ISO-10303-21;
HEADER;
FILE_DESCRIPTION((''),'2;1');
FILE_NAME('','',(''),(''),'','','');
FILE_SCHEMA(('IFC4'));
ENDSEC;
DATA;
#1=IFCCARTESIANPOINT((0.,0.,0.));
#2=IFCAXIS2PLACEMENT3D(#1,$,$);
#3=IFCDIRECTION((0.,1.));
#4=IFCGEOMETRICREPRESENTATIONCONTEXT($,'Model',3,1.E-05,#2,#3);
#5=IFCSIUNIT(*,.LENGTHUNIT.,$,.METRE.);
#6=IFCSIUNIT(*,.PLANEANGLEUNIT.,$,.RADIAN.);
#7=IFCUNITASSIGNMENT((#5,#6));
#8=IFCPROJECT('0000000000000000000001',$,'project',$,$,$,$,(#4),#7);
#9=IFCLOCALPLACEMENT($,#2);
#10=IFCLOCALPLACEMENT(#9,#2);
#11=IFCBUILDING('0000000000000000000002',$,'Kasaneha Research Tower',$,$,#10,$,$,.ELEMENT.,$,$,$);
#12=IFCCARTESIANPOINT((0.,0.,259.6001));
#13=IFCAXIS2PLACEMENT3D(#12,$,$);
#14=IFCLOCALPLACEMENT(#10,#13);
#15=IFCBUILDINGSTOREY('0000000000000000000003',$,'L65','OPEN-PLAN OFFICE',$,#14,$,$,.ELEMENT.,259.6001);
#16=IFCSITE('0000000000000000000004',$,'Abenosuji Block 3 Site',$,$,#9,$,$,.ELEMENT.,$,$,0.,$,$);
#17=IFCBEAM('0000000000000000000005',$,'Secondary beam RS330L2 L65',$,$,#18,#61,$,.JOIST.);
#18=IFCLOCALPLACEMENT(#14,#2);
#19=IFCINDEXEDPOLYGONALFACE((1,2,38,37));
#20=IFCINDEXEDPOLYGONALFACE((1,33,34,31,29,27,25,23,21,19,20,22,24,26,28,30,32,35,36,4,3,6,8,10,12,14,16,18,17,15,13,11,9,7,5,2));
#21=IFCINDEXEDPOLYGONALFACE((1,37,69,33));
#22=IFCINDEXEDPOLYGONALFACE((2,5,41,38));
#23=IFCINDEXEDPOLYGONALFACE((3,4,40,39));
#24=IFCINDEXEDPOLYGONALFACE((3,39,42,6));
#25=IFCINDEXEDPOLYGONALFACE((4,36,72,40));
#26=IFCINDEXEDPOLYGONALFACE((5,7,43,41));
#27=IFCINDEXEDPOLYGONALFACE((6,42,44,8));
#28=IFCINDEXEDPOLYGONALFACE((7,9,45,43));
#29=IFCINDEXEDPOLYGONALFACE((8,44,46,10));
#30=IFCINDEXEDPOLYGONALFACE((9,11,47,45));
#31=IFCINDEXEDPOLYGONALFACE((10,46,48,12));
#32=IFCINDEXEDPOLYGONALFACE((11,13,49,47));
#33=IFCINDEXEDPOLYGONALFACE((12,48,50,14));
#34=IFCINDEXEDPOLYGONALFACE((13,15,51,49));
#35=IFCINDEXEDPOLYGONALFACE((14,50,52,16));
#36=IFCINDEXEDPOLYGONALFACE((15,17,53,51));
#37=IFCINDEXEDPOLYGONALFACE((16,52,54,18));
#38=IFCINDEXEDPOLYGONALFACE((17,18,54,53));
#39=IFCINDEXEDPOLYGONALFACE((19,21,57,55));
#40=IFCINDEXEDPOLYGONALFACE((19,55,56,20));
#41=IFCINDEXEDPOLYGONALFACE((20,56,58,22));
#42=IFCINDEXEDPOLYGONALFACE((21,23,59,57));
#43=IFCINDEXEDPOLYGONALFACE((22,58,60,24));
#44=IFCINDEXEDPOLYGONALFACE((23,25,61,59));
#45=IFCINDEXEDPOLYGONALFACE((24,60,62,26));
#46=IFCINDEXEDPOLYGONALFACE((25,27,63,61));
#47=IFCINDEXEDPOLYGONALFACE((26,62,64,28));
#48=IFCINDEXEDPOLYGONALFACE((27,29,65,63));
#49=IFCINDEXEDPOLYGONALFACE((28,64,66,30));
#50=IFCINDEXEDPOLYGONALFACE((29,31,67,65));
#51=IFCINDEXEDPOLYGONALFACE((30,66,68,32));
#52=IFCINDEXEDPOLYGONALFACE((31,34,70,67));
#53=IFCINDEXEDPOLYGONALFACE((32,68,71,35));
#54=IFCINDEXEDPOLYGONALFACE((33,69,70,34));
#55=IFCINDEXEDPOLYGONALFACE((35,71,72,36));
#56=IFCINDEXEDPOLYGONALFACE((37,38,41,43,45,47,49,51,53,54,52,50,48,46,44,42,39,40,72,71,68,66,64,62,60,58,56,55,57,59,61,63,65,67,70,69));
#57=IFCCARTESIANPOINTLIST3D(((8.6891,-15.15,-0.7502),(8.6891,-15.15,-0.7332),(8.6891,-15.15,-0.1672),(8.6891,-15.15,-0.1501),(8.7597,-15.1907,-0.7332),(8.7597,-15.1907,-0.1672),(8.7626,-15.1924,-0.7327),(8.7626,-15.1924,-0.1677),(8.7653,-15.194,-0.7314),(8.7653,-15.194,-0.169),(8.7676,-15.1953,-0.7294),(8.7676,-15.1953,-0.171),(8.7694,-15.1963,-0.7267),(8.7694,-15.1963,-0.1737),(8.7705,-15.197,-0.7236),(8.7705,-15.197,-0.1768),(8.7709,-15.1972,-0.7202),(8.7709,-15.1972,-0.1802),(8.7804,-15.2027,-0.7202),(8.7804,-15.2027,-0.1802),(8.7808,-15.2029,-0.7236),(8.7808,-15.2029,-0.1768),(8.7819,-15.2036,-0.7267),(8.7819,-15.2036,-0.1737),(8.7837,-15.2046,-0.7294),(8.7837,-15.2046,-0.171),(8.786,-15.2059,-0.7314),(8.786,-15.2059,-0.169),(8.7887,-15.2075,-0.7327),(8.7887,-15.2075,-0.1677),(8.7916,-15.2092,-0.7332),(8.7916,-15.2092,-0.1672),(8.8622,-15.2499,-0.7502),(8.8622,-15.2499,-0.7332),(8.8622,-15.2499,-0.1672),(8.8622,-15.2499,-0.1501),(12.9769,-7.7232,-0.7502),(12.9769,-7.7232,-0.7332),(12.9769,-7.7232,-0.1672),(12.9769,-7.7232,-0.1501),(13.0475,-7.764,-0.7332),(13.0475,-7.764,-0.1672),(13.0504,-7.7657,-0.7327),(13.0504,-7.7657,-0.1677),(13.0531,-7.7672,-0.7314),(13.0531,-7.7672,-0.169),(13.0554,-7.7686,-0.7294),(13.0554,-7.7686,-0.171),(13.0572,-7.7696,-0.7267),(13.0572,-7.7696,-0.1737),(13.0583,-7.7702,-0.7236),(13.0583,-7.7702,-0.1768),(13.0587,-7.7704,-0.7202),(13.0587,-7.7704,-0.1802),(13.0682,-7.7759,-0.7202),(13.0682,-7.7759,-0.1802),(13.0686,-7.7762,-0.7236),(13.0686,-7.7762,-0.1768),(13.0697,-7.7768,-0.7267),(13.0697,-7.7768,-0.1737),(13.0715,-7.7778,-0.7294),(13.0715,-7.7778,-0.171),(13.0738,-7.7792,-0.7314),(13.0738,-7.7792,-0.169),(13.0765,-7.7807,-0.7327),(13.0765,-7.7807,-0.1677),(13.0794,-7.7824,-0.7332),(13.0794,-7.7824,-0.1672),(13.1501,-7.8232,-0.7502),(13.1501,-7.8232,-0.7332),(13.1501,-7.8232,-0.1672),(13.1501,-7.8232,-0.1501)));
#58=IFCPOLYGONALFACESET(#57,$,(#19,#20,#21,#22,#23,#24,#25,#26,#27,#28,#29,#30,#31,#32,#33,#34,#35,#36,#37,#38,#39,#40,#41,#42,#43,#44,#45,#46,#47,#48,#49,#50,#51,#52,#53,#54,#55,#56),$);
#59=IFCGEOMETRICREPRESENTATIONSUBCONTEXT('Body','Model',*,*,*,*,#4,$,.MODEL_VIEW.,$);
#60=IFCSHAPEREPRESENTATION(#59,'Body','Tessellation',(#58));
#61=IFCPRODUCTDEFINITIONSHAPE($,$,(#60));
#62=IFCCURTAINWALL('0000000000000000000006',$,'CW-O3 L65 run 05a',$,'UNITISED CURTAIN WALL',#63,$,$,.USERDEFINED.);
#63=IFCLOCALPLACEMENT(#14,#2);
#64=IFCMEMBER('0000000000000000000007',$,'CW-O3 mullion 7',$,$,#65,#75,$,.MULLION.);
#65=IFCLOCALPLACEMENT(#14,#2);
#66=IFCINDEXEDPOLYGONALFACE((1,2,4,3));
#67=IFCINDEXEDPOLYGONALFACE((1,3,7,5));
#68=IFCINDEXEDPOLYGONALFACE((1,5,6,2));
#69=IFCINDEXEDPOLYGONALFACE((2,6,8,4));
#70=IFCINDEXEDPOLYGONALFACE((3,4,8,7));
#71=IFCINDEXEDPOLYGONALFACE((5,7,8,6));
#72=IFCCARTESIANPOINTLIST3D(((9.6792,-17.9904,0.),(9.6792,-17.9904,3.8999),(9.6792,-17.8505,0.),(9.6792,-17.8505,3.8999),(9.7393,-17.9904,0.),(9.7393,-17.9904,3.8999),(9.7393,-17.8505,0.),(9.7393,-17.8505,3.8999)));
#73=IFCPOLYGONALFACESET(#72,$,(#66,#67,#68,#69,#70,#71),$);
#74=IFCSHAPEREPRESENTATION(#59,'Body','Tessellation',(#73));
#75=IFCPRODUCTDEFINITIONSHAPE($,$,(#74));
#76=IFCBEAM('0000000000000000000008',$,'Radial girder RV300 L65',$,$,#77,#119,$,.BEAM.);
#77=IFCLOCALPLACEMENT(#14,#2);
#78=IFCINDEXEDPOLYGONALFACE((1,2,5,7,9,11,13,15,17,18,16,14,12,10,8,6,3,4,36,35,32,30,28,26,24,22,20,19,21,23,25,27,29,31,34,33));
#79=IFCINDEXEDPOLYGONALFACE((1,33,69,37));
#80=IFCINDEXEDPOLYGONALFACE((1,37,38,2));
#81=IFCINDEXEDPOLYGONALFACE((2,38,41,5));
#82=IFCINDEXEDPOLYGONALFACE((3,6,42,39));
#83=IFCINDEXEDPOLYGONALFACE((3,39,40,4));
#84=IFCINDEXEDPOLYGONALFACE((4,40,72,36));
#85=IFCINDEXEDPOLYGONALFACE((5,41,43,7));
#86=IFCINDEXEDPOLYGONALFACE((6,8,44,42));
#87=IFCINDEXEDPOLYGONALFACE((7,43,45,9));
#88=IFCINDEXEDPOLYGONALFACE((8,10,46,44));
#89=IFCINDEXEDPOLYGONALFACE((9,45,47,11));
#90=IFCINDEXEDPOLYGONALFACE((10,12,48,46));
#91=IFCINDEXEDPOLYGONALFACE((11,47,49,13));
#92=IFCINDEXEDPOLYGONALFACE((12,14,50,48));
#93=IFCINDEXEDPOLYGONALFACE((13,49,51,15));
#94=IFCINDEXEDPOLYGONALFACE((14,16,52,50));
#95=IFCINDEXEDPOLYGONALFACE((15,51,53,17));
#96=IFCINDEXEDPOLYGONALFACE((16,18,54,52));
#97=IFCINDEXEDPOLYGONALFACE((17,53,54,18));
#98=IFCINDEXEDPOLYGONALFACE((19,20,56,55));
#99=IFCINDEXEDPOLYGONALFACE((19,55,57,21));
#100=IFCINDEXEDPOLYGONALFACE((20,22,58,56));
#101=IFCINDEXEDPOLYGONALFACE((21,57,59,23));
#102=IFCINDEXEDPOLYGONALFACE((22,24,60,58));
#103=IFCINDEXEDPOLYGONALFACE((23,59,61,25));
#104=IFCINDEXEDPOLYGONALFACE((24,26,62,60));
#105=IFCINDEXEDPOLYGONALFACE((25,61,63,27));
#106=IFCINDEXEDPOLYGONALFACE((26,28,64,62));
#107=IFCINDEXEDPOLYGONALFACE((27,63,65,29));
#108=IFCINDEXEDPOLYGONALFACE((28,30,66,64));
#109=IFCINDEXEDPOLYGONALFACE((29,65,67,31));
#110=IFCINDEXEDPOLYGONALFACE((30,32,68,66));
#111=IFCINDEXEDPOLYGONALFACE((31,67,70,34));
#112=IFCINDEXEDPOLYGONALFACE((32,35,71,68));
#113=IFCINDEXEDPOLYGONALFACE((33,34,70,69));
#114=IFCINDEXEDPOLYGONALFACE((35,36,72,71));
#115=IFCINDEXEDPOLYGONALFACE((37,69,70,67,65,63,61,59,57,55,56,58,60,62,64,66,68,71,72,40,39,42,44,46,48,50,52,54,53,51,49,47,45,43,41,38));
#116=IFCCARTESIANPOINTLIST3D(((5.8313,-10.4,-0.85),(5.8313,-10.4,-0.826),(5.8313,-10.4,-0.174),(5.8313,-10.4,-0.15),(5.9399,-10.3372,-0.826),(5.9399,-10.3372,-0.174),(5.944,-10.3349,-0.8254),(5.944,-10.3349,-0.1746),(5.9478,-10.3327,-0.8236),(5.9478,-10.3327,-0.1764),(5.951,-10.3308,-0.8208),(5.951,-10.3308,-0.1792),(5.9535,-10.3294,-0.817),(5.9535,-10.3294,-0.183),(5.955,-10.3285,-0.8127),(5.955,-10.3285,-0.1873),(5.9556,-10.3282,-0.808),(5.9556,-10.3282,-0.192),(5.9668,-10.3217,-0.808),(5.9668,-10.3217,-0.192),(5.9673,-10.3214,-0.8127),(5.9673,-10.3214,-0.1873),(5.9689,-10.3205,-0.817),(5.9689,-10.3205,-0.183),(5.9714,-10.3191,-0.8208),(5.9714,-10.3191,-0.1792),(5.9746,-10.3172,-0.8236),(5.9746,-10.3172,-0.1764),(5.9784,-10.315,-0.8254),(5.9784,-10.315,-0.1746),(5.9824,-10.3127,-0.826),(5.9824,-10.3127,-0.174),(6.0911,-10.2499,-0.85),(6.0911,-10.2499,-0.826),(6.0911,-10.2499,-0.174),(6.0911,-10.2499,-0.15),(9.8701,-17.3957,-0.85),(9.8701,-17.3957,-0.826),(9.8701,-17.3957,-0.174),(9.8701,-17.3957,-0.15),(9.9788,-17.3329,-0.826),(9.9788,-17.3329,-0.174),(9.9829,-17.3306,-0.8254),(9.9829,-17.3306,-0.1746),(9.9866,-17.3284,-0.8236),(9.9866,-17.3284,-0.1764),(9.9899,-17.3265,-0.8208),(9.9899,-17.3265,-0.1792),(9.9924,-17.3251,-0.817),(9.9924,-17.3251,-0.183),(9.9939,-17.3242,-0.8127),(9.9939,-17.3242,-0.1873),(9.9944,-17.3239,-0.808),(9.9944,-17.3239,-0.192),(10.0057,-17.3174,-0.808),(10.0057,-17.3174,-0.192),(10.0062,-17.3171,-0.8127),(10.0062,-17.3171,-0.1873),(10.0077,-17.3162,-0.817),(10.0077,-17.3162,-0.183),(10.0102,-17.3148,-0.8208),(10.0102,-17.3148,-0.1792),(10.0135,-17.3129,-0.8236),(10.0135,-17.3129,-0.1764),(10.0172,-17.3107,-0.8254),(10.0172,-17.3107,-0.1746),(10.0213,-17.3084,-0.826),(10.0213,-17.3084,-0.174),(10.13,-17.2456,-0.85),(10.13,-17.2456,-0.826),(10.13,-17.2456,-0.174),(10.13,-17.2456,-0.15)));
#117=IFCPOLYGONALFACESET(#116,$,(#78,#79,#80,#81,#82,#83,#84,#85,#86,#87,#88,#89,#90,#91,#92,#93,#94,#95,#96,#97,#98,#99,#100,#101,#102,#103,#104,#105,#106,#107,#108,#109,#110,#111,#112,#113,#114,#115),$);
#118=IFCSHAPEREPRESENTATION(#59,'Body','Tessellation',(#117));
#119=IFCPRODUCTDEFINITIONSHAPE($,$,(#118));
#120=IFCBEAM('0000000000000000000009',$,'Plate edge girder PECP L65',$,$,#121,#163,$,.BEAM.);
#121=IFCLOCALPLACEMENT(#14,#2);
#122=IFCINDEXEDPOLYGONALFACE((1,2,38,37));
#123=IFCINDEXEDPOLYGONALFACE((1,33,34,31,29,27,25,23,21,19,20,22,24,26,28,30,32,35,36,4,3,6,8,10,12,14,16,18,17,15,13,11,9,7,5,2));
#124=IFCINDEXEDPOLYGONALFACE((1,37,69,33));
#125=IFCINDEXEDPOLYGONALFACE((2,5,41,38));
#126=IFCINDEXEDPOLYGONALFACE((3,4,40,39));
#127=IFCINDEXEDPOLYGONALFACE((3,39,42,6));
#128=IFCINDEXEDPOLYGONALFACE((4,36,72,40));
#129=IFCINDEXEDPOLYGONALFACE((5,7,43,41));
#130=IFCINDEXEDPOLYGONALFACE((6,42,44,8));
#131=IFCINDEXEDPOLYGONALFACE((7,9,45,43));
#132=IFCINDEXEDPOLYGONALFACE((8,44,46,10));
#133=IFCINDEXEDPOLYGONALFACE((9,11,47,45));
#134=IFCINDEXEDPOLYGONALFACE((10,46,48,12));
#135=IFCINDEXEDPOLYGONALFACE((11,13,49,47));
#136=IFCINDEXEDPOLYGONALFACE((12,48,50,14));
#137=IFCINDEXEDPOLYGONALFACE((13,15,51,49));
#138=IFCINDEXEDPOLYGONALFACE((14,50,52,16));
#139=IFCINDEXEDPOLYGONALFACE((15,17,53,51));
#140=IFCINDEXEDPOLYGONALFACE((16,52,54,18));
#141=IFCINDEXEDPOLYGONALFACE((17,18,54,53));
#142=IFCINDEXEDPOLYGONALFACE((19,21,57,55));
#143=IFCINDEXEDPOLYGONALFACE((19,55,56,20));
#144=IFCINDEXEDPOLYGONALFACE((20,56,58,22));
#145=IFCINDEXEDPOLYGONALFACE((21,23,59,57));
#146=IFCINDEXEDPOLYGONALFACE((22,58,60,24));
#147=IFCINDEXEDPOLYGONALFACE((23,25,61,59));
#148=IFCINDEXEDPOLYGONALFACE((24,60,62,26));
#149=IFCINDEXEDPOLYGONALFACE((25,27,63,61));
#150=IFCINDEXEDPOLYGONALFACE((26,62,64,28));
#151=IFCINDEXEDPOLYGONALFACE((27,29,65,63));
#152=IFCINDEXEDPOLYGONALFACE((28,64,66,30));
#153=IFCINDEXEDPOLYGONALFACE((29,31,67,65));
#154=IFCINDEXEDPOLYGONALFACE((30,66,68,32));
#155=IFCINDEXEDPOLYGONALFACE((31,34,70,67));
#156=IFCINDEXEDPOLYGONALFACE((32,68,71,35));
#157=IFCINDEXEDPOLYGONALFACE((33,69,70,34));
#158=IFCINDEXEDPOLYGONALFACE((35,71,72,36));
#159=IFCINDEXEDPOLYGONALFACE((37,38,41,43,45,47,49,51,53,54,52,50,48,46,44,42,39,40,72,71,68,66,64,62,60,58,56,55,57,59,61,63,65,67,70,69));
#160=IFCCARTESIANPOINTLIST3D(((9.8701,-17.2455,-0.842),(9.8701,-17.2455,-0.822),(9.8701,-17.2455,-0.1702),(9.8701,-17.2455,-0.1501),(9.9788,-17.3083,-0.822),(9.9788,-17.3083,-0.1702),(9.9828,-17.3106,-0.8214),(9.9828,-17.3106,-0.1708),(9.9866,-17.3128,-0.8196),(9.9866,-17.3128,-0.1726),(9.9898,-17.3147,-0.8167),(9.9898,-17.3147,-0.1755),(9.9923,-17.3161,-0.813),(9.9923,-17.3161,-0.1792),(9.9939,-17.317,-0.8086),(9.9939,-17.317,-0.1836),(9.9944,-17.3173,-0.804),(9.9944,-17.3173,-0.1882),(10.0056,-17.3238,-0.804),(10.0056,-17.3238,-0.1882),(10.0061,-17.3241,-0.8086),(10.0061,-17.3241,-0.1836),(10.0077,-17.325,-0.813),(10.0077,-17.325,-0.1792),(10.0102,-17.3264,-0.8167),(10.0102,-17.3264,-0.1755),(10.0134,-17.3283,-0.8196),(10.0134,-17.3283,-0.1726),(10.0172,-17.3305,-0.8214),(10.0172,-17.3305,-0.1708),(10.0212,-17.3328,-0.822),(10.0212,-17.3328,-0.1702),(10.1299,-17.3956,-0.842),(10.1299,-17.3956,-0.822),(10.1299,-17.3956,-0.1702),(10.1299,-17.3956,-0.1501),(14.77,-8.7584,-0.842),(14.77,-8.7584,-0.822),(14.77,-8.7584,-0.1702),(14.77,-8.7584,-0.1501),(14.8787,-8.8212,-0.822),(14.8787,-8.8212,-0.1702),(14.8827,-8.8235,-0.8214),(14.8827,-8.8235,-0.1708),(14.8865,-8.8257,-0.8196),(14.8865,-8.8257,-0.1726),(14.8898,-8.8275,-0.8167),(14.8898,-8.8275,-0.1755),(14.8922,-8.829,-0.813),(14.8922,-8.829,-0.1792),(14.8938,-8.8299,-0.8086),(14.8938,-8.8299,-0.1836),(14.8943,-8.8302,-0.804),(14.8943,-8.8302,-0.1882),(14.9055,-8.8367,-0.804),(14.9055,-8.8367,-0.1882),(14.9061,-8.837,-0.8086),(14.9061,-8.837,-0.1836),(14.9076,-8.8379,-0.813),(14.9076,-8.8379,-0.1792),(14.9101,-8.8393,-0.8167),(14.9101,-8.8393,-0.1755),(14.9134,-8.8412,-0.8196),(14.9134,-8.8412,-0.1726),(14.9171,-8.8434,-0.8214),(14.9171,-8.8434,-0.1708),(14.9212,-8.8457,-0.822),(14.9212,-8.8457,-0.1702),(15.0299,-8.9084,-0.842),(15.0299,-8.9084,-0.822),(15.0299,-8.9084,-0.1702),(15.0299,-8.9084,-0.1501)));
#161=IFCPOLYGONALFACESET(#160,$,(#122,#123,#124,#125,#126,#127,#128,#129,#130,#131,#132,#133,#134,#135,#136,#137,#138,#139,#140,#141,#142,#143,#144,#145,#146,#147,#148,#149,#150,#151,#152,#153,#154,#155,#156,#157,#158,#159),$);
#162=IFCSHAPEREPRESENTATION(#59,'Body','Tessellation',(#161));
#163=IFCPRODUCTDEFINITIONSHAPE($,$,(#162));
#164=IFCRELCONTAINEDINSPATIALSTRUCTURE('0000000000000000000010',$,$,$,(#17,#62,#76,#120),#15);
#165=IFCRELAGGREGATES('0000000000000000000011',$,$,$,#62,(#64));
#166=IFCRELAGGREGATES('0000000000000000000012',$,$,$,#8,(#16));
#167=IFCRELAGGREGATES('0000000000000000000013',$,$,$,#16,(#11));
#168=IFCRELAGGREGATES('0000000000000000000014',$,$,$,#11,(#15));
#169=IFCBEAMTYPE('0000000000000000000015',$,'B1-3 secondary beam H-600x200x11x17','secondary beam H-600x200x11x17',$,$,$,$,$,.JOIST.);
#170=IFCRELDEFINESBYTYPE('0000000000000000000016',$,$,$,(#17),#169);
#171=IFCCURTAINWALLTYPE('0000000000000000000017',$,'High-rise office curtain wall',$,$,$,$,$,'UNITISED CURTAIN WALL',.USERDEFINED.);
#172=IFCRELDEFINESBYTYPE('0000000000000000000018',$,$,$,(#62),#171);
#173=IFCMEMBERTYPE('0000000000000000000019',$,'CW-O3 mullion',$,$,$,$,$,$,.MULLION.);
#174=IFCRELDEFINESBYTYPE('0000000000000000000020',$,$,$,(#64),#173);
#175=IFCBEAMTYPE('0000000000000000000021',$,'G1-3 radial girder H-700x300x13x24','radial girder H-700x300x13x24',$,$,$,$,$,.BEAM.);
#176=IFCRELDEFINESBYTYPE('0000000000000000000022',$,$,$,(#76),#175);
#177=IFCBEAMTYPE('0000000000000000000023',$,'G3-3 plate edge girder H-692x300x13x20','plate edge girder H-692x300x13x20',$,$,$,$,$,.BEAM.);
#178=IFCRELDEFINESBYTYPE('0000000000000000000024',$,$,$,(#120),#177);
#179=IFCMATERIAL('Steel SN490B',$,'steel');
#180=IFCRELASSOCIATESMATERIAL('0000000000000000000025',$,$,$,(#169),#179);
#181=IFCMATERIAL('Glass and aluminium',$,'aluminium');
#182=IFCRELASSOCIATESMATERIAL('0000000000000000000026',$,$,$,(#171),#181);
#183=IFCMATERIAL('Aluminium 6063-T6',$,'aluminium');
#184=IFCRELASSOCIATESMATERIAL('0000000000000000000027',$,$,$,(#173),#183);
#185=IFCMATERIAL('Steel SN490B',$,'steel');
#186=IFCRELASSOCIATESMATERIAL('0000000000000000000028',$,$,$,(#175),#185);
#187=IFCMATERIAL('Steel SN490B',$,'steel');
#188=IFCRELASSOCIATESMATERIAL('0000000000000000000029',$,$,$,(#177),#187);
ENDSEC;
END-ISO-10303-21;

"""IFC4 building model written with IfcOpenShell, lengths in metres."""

from ifc_helpers import new_model, si_unit, direction, frame, origin, origin_2d, place, context, subcontext, project, spatial, rectangle, i_section, extrude, material, material_profile, profile_set, type_object, element, aggregate, save


model = new_model("IFC4")

# Units and contexts
model_context = context("Model", 3, precision=1e-05, world=origin(), true_north=direction((0.0, 1.0)))
body_context = subcontext(model_context, "Body", "Model", "MODEL_VIEW")
ifc_project = project(units=[si_unit("LENGTHUNIT", "METRE"), si_unit("PLANEANGLEUNIT", "RADIAN")], contexts=[model_context])

# Site, building, storey
site_placement = place(None, origin())
site = spatial("IfcSite", under=ifc_project, at=site_placement, Name="Abenosuji Block 3 Site", CompositionType="ELEMENT", RefElevation=0.0)
building_placement = place(site_placement, origin())
building = spatial("IfcBuilding", under=site, at=building_placement, Name="Kasaneha Research Tower", CompositionType="ELEMENT")
storey_placement = place(building_placement, frame((0.0, 0.0, 259.6001)))
storey = spatial("IfcBuildingStorey", under=building, at=storey_placement, Name="L65", Description="OPEN-PLAN OFFICE", CompositionType="ELEMENT", Elevation=259.6001)

# Beam
ifc_material_1 = material(Name="Steel SN490B", Category="steel")
ifc_material_profile_1 = material_profile(ifc_material_1, i_section(OverallWidth=0.2, OverallDepth=0.6001, WebThickness=0.011, FlangeThickness=0.0171, FilletRadius=0.0129, at=origin_2d()), Name="H-600x200x11x17")
ifc_profile_set_1 = profile_set([ifc_material_profile_1], Name="Steel SN490B")
beam_type_1 = type_object("IfcBeamType", Name="B1-3 secondary beam H-600x200x11x17", Description="secondary beam H-600x200x11x17", PredefinedType="JOIST", material=ifc_profile_set_1)
beam_1_placement = place(storey_placement, frame((8.7756, -15.2, -0.4502), z_axis=(0.5, 0.866025, 0.0), x_axis=(-0.866025, 0.5, 0.0)))
element("IfcBeam", 1, at=beam_1_placement, inside=storey, type_object=beam_type_1, Name="Secondary beam RS330L2 L65", PredefinedType="JOIST", context=body_context, shape_type="SweptSolid", body=[
    extrude(i_section(OverallWidth=0.2, OverallDepth=0.6001, WebThickness=0.011, FlangeThickness=0.0171, FilletRadius=0.0129, at=origin_2d()), origin(), (0.0, 0.0, 1.0), 8.5757),
])

# Curtain wall, member
ifc_material_2 = material(Name="Glass and aluminium", Category="aluminium")
curtain_wall_type = type_object("IfcCurtainWallType", Name="High-rise office curtain wall", ElementType="UNITISED CURTAIN WALL", PredefinedType="USERDEFINED", material=ifc_material_2)
curtain_wall_placement = place(storey_placement, origin())
curtain_wall = element("IfcCurtainWall", 2, at=curtain_wall_placement, inside=storey, type_object=curtain_wall_type, Name="CW-O3 L65 run 05a", ObjectType="UNITISED CURTAIN WALL", PredefinedType="USERDEFINED")
ifc_material_3 = material(Name="Aluminium 6063-T6", Category="aluminium")
ifc_material_profile_2 = material_profile(ifc_material_3, rectangle(XDim=0.0601, YDim=0.1399, at=origin_2d()), Name="CW-O3 mullion 60x140")
ifc_profile_set_2 = profile_set([ifc_material_profile_2], Name="Aluminium 6063-T6")
member_type = type_object("IfcMemberType", Name="CW-O3 mullion", PredefinedType="MULLION", material=ifc_profile_set_2)
member_placement = place(storey_placement, frame((9.7092, -17.9204, 0.0), z_axis=(0.0, 0.0, 1.0), x_axis=(1.0, 0.0, 0.0)))
member = element("IfcMember", 3, at=member_placement, type_object=member_type, Name="CW-O3 mullion 7", PredefinedType="MULLION", context=body_context, shape_type="SweptSolid", body=[
    extrude(rectangle(XDim=0.0601, YDim=0.1399, at=origin_2d()), origin(), (0.0, 0.0, 1.0), 3.8999),
])

# Beams
ifc_material_4 = material(Name="Steel SN490B", Category="steel")
ifc_material_profile_3 = material_profile(ifc_material_4, i_section(OverallWidth=0.3, OverallDepth=0.7, WebThickness=0.0129, FlangeThickness=0.0239, FilletRadius=0.0181, at=origin_2d()), Name="H-700x300x13x24")
ifc_profile_set_3 = profile_set([ifc_material_profile_3], Name="Steel SN490B")
beam_type_2 = type_object("IfcBeamType", Name="G1-3 radial girder H-700x300x13x24", Description="radial girder H-700x300x13x24", PredefinedType="BEAM", material=ifc_profile_set_3)
beam_2_placement = place(storey_placement, frame((5.9612, -10.325, -0.5), z_axis=(0.499991, -0.866031, 0.0), x_axis=(0.866031, 0.499991, 0.0)))
element("IfcBeam", 4, at=beam_2_placement, inside=storey, type_object=beam_type_2, Name="Radial girder RV300 L65", PredefinedType="BEAM", context=body_context, shape_type="SweptSolid", body=[
    extrude(i_section(OverallWidth=0.3, OverallDepth=0.7, WebThickness=0.0129, FlangeThickness=0.0239, FilletRadius=0.0181, at=origin_2d()), origin(), (0.0, 0.0, 1.0), 8.0779),
])
ifc_material_5 = material(Name="Steel SN490B", Category="steel")
ifc_material_profile_4 = material_profile(ifc_material_5, i_section(OverallWidth=0.3, OverallDepth=0.6919, WebThickness=0.0129, FlangeThickness=0.02, FilletRadius=0.0181, at=origin_2d()), Name="H-692x300x13x20")
ifc_profile_set_4 = profile_set([ifc_material_profile_4], Name="Steel SN490B")
beam_type_3 = type_object("IfcBeamType", Name="G3-3 plate edge girder H-692x300x13x20", Description="plate edge girder H-692x300x13x20", PredefinedType="BEAM", material=ifc_profile_set_4)
beam_3_placement = place(storey_placement, frame((10.0, -17.3206, -0.4961), z_axis=(0.499992, 0.86603, 0.0), x_axis=(-0.86603, 0.499992, 0.0)))
element("IfcBeam", 5, at=beam_3_placement, inside=storey, type_object=beam_type_3, Name="Plate edge girder PECP L65", PredefinedType="BEAM", context=body_context, shape_type="SweptSolid", body=[
    extrude(i_section(OverallWidth=0.3, OverallDepth=0.6919, WebThickness=0.0129, FlangeThickness=0.02, FilletRadius=0.0181, at=origin_2d()), origin(), (0.0, 0.0, 1.0), 9.8),
])

aggregate(curtain_wall, [member])

save(model, "model.ifc")
